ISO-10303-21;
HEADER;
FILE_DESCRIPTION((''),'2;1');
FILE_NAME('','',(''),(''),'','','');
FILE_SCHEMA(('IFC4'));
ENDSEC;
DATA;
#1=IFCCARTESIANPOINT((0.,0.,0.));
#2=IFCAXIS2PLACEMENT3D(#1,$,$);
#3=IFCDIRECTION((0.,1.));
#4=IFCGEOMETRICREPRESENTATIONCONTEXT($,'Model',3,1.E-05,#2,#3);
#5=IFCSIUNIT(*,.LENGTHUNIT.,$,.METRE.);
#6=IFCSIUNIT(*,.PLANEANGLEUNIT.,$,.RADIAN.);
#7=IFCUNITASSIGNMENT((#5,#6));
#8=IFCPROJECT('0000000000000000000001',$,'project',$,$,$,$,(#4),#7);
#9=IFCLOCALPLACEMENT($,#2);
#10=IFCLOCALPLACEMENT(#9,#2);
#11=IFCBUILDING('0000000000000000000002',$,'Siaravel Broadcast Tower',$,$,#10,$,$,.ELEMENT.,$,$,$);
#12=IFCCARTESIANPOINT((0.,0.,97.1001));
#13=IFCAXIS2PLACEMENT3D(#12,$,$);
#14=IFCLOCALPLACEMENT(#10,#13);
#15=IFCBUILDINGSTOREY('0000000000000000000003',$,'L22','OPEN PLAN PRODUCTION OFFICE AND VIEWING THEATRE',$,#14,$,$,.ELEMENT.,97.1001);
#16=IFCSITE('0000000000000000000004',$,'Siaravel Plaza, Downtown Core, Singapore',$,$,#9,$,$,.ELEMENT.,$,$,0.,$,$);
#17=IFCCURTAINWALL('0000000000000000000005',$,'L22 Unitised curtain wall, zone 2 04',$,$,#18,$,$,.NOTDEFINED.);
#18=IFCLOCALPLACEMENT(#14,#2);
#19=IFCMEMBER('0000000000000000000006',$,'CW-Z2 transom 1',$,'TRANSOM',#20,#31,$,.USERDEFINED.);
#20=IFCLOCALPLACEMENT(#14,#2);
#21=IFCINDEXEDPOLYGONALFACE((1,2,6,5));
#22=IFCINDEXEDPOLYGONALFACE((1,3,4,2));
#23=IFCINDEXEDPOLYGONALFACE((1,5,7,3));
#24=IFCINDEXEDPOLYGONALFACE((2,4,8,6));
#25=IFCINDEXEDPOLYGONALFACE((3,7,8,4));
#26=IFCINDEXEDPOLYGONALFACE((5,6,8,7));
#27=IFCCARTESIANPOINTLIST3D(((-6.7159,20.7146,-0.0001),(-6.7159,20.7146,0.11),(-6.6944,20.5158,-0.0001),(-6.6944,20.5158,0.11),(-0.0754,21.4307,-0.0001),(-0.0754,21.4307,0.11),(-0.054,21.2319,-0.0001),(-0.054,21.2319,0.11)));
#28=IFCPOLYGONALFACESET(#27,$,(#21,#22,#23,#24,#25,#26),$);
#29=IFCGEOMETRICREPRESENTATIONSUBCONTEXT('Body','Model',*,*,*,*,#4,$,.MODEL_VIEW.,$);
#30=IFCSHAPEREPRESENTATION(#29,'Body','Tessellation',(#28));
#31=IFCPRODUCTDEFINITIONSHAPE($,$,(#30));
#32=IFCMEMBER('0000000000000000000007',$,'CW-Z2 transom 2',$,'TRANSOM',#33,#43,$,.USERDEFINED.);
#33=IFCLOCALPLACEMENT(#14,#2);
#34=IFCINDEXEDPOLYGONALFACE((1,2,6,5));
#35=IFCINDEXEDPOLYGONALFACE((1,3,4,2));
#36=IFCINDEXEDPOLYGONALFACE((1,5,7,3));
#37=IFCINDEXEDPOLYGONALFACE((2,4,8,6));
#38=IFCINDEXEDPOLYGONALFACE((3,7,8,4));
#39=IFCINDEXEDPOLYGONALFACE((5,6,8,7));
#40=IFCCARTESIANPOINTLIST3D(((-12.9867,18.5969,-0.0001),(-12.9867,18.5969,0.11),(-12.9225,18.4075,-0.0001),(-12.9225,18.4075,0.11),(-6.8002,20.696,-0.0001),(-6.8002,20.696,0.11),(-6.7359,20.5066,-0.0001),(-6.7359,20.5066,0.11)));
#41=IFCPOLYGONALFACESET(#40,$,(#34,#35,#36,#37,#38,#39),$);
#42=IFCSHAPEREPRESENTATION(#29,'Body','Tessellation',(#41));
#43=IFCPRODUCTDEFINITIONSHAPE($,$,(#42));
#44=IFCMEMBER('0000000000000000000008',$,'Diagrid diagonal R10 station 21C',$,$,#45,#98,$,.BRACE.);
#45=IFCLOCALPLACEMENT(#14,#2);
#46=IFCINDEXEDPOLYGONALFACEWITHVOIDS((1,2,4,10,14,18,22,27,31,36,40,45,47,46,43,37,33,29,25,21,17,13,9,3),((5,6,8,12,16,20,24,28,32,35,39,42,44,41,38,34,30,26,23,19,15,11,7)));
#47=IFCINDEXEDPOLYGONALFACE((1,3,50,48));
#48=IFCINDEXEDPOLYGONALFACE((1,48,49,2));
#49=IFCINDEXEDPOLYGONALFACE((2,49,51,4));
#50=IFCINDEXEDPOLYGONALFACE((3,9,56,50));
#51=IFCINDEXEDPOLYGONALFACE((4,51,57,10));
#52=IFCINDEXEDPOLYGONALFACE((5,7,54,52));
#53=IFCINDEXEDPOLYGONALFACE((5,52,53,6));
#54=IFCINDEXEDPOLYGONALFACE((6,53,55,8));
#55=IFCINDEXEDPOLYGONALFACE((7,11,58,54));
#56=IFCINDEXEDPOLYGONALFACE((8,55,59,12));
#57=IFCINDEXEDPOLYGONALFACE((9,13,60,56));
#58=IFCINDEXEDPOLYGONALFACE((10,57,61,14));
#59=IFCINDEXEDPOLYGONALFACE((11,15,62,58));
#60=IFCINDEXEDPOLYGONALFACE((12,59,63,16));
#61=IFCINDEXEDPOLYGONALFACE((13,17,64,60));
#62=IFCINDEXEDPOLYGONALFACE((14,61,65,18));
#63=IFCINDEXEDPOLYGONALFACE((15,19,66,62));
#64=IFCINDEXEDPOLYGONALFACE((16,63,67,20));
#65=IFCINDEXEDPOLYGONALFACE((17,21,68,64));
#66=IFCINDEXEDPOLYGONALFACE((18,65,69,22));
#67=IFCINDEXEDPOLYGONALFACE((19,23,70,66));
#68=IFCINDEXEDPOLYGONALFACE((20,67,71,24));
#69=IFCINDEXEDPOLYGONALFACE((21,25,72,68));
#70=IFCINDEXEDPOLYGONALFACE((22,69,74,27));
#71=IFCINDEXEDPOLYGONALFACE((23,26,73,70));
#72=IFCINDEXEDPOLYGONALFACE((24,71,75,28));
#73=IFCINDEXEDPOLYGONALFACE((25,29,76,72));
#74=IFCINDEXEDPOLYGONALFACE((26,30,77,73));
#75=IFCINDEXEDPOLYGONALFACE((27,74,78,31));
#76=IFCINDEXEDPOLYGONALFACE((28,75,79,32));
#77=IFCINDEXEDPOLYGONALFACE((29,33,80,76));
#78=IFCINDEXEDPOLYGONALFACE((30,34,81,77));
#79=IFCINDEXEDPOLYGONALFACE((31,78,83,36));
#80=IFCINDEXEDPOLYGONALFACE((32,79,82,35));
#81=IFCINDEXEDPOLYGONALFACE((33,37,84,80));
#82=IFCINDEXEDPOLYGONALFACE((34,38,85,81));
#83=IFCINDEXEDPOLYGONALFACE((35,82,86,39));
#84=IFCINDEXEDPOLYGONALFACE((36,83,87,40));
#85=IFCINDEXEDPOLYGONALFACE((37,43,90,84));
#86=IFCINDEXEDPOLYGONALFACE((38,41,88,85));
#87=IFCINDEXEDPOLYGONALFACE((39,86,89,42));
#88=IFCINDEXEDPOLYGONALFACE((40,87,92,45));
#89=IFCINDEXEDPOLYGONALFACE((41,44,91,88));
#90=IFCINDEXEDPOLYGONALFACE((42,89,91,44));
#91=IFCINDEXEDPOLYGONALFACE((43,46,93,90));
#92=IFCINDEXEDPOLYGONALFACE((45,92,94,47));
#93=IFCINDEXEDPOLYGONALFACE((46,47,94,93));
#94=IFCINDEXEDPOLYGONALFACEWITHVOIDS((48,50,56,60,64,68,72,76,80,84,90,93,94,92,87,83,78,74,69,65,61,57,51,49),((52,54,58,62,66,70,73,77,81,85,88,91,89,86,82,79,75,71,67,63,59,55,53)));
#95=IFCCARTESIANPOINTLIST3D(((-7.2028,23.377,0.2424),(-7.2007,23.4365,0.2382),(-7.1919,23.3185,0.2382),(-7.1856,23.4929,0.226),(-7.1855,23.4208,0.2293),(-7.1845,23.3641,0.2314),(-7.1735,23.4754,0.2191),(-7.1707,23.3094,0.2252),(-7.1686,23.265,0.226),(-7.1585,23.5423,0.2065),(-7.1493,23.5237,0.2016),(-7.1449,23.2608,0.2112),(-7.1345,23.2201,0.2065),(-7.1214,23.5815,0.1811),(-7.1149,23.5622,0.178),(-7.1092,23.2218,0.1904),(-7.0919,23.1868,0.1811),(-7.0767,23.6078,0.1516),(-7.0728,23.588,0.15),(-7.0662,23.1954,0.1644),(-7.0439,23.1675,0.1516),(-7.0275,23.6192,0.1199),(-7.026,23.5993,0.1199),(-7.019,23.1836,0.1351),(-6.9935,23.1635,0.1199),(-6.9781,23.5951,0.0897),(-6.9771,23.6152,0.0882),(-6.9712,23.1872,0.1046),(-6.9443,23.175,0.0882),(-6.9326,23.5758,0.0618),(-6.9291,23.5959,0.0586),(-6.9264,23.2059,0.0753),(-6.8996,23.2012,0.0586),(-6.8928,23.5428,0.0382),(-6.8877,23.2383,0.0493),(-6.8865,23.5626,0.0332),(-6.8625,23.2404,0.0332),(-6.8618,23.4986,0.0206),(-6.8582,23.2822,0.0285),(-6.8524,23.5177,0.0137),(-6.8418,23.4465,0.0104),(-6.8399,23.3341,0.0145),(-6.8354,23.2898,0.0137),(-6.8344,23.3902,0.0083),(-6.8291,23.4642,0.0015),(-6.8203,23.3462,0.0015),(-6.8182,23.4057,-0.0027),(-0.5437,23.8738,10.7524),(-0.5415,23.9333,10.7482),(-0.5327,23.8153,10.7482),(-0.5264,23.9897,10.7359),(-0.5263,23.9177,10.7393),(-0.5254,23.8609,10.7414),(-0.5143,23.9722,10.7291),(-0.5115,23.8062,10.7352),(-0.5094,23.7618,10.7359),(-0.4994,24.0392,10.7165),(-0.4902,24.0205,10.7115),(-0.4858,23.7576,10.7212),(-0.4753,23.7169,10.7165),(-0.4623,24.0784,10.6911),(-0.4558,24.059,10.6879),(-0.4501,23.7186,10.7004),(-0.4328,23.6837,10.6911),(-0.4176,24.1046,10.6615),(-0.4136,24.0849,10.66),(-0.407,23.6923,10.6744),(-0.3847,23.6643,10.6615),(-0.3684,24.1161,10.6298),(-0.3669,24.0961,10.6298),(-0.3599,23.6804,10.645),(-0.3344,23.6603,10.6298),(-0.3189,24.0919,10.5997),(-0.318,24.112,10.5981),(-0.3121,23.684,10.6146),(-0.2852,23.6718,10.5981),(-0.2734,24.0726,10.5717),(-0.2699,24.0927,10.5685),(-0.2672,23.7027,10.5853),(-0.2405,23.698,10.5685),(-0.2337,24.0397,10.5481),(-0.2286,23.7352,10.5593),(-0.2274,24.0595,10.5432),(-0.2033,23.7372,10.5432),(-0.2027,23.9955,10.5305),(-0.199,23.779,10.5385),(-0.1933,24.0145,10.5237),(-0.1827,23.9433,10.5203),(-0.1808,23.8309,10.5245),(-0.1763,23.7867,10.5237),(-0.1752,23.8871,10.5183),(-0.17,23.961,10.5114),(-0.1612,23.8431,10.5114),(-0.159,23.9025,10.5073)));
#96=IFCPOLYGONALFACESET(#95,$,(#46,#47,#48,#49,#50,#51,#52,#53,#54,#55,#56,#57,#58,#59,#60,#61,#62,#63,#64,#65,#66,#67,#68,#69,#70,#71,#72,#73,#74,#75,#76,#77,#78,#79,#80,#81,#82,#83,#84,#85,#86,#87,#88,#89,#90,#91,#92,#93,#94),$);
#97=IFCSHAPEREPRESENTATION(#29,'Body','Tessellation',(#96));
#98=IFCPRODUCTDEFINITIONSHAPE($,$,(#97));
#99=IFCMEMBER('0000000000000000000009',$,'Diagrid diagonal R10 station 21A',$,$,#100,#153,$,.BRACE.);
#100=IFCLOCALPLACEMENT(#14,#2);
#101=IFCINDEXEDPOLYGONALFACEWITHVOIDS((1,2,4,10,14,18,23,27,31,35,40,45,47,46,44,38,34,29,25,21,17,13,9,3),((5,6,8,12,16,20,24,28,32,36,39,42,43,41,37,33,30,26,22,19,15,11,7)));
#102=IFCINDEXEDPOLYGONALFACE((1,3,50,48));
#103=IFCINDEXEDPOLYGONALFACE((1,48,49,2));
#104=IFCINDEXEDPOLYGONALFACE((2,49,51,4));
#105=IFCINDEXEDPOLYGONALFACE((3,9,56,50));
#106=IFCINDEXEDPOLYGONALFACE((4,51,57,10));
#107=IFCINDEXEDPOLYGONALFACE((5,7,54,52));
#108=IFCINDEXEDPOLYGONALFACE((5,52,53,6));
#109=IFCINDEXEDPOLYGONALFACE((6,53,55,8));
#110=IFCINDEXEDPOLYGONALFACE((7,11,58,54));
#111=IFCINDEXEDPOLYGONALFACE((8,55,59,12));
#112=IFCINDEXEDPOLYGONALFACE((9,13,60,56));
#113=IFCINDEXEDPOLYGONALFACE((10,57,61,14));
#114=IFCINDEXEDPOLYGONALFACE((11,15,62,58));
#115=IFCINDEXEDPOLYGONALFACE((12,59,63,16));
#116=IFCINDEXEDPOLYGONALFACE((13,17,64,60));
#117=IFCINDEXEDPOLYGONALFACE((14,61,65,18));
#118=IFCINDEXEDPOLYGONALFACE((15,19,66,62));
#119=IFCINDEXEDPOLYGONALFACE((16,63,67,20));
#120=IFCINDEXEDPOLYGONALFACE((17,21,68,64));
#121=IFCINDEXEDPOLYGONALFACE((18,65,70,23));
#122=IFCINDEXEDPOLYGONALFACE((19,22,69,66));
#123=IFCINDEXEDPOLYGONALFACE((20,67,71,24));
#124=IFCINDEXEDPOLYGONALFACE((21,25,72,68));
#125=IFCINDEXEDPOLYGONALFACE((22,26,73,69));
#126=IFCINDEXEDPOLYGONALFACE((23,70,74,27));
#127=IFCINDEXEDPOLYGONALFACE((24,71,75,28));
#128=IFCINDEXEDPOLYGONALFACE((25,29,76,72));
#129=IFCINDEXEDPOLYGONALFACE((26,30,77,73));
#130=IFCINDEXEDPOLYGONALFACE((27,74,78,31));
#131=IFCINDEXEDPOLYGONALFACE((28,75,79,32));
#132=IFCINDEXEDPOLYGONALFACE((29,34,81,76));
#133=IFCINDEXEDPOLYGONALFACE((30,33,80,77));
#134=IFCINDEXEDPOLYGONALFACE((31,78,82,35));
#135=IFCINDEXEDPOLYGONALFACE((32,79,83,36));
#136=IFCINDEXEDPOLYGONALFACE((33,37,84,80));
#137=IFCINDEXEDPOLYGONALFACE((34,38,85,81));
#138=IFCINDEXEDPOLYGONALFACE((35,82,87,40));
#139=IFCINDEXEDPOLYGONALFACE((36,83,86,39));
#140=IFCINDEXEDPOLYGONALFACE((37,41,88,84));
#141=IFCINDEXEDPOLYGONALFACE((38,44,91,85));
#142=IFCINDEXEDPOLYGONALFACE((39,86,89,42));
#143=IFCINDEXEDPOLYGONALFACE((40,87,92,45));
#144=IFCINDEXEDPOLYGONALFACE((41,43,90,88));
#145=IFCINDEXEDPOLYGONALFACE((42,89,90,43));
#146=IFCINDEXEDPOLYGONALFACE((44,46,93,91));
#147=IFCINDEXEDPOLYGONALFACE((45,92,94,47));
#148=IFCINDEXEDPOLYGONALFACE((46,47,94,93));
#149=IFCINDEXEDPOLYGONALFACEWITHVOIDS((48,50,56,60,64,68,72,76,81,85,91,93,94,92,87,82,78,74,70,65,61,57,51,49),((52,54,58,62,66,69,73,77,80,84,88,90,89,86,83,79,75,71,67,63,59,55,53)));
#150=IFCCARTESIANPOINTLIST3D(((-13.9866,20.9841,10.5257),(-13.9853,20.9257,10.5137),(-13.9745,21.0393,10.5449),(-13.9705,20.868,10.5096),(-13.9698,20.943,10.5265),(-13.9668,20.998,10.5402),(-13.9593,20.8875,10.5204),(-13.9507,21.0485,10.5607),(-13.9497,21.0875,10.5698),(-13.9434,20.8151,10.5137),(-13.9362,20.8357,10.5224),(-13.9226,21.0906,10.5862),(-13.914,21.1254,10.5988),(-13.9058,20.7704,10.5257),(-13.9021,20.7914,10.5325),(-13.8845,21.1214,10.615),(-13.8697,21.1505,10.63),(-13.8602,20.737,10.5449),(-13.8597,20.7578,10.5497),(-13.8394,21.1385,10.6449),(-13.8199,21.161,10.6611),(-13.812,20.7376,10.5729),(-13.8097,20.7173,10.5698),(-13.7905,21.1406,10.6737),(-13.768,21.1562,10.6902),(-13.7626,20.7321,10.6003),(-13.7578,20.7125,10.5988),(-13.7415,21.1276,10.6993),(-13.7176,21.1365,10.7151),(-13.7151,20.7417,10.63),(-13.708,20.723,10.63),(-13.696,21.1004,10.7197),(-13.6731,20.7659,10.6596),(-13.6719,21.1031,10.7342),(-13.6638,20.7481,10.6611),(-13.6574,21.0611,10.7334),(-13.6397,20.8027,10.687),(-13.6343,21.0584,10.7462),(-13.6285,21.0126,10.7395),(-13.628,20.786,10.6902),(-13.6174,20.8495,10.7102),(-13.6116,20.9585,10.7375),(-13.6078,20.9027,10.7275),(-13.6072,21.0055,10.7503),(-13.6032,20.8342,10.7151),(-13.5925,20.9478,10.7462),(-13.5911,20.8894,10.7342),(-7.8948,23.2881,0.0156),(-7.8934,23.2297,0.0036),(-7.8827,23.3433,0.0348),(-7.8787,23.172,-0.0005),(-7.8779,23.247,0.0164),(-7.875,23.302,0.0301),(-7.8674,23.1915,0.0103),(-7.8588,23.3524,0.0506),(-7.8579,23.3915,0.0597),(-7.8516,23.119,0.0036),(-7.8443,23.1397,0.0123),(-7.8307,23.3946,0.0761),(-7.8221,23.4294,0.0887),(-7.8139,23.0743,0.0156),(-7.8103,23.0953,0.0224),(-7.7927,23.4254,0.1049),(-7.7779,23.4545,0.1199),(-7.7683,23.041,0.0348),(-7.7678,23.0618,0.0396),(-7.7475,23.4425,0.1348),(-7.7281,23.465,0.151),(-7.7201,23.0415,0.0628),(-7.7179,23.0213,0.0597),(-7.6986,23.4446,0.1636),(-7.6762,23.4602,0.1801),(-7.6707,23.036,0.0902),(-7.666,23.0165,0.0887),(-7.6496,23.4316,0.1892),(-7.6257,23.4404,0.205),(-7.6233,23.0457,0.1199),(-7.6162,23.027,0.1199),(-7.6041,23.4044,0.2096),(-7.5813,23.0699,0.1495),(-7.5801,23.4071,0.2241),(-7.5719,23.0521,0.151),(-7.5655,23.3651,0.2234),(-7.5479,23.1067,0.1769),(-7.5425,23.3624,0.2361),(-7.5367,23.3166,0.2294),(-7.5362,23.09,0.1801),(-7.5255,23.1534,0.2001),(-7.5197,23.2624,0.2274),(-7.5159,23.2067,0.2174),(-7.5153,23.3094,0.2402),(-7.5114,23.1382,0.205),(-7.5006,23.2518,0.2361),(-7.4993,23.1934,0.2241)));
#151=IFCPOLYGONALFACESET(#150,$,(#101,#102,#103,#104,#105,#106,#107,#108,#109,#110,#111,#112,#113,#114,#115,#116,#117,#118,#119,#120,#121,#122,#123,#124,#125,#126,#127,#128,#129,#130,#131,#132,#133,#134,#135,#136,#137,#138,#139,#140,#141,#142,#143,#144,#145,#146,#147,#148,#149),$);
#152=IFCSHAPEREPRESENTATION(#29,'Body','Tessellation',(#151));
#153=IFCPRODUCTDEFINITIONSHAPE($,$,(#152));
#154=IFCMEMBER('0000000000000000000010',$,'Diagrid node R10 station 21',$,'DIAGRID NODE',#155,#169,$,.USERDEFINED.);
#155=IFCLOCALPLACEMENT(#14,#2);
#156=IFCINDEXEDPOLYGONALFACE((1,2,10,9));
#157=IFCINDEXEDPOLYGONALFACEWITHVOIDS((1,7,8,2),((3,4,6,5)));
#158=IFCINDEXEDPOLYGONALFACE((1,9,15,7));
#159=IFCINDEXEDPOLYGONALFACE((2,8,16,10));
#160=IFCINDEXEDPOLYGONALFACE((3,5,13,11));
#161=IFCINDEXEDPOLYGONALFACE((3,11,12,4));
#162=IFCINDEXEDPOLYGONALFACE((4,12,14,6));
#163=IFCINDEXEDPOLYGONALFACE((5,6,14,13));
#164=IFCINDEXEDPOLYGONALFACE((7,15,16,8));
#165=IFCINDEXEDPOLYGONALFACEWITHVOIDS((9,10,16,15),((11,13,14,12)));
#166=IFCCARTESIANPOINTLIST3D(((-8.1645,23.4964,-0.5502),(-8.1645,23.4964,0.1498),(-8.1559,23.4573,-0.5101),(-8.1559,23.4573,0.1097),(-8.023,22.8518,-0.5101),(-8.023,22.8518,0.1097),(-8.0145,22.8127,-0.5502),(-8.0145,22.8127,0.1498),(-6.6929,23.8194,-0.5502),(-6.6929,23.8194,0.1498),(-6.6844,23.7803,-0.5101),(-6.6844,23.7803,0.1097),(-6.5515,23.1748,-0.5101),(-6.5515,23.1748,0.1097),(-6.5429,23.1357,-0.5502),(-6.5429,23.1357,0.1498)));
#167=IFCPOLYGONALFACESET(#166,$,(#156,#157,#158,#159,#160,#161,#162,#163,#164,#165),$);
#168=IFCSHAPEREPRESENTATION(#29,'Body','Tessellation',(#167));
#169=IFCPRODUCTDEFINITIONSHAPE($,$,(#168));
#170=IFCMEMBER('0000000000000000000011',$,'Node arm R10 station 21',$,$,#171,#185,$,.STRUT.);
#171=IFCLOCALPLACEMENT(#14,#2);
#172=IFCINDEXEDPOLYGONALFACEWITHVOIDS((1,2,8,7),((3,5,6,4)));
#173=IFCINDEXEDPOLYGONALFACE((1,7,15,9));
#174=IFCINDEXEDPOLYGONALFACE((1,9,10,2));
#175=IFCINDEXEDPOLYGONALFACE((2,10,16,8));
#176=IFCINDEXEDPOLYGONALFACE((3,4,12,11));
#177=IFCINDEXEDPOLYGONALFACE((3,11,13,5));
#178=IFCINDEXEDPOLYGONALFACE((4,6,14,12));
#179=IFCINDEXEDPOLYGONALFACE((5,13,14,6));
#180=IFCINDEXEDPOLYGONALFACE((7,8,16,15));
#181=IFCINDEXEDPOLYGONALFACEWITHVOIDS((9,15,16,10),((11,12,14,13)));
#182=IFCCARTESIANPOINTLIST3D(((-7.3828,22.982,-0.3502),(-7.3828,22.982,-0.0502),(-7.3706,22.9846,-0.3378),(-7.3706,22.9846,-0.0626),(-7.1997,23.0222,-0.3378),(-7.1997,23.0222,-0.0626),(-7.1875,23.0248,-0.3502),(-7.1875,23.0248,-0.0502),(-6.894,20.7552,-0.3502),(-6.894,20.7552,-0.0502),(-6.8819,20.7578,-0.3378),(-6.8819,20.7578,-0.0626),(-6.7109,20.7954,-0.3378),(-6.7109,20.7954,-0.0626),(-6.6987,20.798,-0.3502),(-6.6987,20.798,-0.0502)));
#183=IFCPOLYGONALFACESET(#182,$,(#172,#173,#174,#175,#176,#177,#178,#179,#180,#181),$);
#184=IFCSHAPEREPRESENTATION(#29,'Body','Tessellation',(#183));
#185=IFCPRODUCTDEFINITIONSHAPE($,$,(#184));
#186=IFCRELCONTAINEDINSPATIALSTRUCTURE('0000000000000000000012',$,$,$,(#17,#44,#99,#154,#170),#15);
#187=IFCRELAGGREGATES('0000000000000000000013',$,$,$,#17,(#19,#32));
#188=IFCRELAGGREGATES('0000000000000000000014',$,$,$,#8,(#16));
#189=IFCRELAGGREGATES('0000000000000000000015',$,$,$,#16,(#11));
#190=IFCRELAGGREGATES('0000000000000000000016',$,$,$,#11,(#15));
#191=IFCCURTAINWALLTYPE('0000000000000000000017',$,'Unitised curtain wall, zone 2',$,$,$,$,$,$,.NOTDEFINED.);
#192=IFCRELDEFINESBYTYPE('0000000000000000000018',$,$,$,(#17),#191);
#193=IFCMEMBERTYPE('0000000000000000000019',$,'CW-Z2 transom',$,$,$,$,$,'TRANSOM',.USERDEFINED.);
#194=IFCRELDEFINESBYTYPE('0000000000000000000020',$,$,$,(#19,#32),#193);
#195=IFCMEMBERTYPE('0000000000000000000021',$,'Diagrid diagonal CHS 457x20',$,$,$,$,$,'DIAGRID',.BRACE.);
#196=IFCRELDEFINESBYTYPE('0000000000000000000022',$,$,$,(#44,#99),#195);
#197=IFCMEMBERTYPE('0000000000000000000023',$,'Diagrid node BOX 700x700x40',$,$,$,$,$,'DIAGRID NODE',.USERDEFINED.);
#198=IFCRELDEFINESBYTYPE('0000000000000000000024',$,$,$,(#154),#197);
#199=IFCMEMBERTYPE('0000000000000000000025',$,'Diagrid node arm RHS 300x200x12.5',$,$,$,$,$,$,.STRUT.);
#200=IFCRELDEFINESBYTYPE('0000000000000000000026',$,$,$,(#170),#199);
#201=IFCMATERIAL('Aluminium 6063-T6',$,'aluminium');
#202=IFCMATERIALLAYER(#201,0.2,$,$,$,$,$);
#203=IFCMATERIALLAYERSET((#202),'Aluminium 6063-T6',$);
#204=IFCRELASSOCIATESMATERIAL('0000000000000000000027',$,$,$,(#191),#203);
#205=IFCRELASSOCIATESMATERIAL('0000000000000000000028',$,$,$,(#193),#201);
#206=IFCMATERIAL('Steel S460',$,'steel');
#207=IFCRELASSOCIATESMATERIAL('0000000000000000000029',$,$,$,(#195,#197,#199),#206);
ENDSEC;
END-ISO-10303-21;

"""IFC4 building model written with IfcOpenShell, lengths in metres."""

from ifc_helpers import new_model, si_unit, direction, frame, origin, origin_2d, place, context, subcontext, project, spatial, rectangle, hollow_rectangle, hollow_circle, extrude, material, layer, layer_set, material_profile, profile_set, type_object, element, aggregate, save


model = new_model("IFC4")

# Units and contexts
model_context = context("Model", 3, precision=1e-05, world=origin(), true_north=direction((0.0, 1.0)))
body_context = subcontext(model_context, "Body", "Model", "MODEL_VIEW")
ifc_project = project(units=[si_unit("LENGTHUNIT", "METRE"), si_unit("PLANEANGLEUNIT", "RADIAN")], contexts=[model_context])

# Site, building, storey
site_placement = place(None, origin())
site = spatial("IfcSite", under=ifc_project, at=site_placement, Name="Siaravel Plaza, Downtown Core, Singapore", CompositionType="ELEMENT", RefElevation=0.0)
building_placement = place(site_placement, origin())
building = spatial("IfcBuilding", under=site, at=building_placement, Name="Siaravel Broadcast Tower", CompositionType="ELEMENT")
storey_placement = place(building_placement, frame((0.0, 0.0, 97.1001)))
storey = spatial("IfcBuildingStorey", under=building, at=storey_placement, Name="L22", Description="OPEN PLAN PRODUCTION OFFICE AND VIEWING THEATRE", CompositionType="ELEMENT", Elevation=97.1001)

# Curtain wall, members
ifc_material_1 = material(Name="Aluminium 6063-T6", Category="aluminium")
ifc_layer_1 = layer(ifc_material_1, 0.2)
ifc_layer_set_1 = layer_set([ifc_layer_1], Name="Aluminium 6063-T6")
curtain_wall_type = type_object("IfcCurtainWallType", Name="Unitised curtain wall, zone 2", PredefinedType="NOTDEFINED", material=ifc_layer_set_1)
curtain_wall_placement = place(storey_placement, origin())
curtain_wall = element("IfcCurtainWall", 1, at=curtain_wall_placement, inside=storey, type_object=curtain_wall_type, Name="L22 Unitised curtain wall, zone 2 04", PredefinedType="NOTDEFINED")
ifc_material_profile_1 = material_profile(ifc_material_1, rectangle(XDim=0.2, YDim=0.1101, at=origin_2d()))
ifc_profile_set_1 = profile_set([ifc_material_profile_1], Name="Aluminium 6063-T6")
member_type_1 = type_object("IfcMemberType", Name="CW-Z2 transom", ElementType="TRANSOM", PredefinedType="USERDEFINED", material=ifc_profile_set_1)
member_1_placement = place(storey_placement, frame((-0.0647, 21.3313, 0.0549), z_axis=(-0.994236, -0.107213, 0.0), x_axis=(0.107213, -0.994236, 0.0)))
member_1 = element("IfcMember", 2, at=member_1_placement, type_object=member_type_1, Name="CW-Z2 transom 1", ObjectType="TRANSOM", PredefinedType="USERDEFINED", context=body_context, shape_type="SweptSolid", body=[
    extrude(rectangle(XDim=0.2, YDim=0.1101, at=origin_2d()), origin(), (0.0, 0.0, 1.0), 6.679),
])
member_2_placement = place(storey_placement, frame((-6.7681, 20.6013, 0.0549), z_axis=(-0.946973, -0.321313, 0.0), x_axis=(0.321313, -0.946973, 0.0)))
member_2 = element("IfcMember", 3, at=member_2_placement, type_object=member_type_1, Name="CW-Z2 transom 2", ObjectType="TRANSOM", PredefinedType="USERDEFINED", context=body_context, shape_type="SweptSolid", body=[
    extrude(rectangle(XDim=0.2, YDim=0.1101, at=origin_2d()), origin(), (0.0, 0.0, 1.0), 6.533),
])

# Members
ifc_material_2 = material(Name="Steel S460", Category="steel")
ifc_material_profile_2 = material_profile(ifc_material_2, hollow_circle(Radius=0.2285, WallThickness=0.02, at=origin_2d()))
ifc_profile_set_2 = profile_set([ifc_material_profile_2], Name="Steel S460")
member_type_2 = type_object("IfcMemberType", Name="Diagrid diagonal CHS 457x20", ElementType="DIAGRID", PredefinedType="BRACE", material=ifc_profile_set_2)
member_3_placement = place(storey_placement, frame((-7.0105, 23.3914, 0.1199), z_axis=(0.534789, 0.039899, 0.844043), x_axis=(-0.074401, 0.997228, 0.0)))
element("IfcMember", 4, at=member_3_placement, inside=storey, type_object=member_type_2, Name="Diagrid diagonal R10 station 21C", PredefinedType="BRACE", context=body_context, shape_type="SweptSolid", body=[
    extrude(hollow_circle(Radius=0.2285, WallThickness=0.02, at=origin_2d()), origin(), (0.0, 0.0, 1.0), 12.4519),
])
member_4_placement = place(storey_placement, frame((-7.697, 23.2407, 0.1199), z_axis=(-0.492688, -0.186338, 0.850021), x_axis=(0.353751, -0.93534, 0.0)))
element("IfcMember", 5, at=member_4_placement, inside=storey, type_object=member_type_2, Name="Diagrid diagonal R10 station 21A", PredefinedType="BRACE", context=body_context, shape_type="SweptSolid", body=[
    extrude(hollow_circle(Radius=0.2285, WallThickness=0.02, at=origin_2d()), origin(), (0.0, 0.0, 1.0), 12.3645),
])
ifc_material_profile_3 = material_profile(ifc_material_2, hollow_rectangle(XDim=0.7, YDim=0.7, WallThickness=0.04, at=origin_2d()))
ifc_profile_set_3 = profile_set([ifc_material_profile_3], Name="Steel S460")
member_type_3 = type_object("IfcMemberType", Name="Diagrid node BOX 700x700x40", ElementType="DIAGRID NODE", PredefinedType="USERDEFINED", material=ifc_profile_set_3)
member_5_placement = place(storey_placement, frame((-6.6179, 23.4775, -0.2002), z_axis=(-0.976752, -0.214373, 0.0), x_axis=(0.214373, -0.976752, 0.0)))
element("IfcMember", 6, at=member_5_placement, inside=storey, type_object=member_type_3, Name="Diagrid node R10 station 21", ObjectType="DIAGRID NODE", PredefinedType="USERDEFINED", context=body_context, shape_type="SweptSolid", body=[
    extrude(hollow_rectangle(XDim=0.7, YDim=0.7, WallThickness=0.04, at=origin_2d()), origin(), (0.0, 0.0, 1.0), 1.5066),
])
ifc_material_profile_4 = material_profile(ifc_material_2, hollow_rectangle(XDim=0.2, YDim=0.3, WallThickness=0.0125, at=origin_2d()))
ifc_profile_set_4 = profile_set([ifc_material_profile_4], Name="Steel S460")
member_type_4 = type_object("IfcMemberType", Name="Diagrid node arm RHS 300x200x12.5", PredefinedType="STRUT", material=ifc_profile_set_4)
member_6_placement = place(storey_placement, frame((-6.7964, 20.7766, -0.2002), z_axis=(-0.21439, 0.976748, 0.0), x_axis=(-0.976748, -0.21439, 0.0)))
element("IfcMember", 7, at=member_6_placement, inside=storey, type_object=member_type_4, Name="Node arm R10 station 21", PredefinedType="STRUT", context=body_context, shape_type="SweptSolid", body=[
    extrude(hollow_rectangle(XDim=0.2, YDim=0.3, WallThickness=0.0125, at=origin_2d()), origin(), (0.0, 0.0, 1.0), 2.2798),
])

aggregate(curtain_wall, [member_1, member_2])

save(model, "model.ifc")
